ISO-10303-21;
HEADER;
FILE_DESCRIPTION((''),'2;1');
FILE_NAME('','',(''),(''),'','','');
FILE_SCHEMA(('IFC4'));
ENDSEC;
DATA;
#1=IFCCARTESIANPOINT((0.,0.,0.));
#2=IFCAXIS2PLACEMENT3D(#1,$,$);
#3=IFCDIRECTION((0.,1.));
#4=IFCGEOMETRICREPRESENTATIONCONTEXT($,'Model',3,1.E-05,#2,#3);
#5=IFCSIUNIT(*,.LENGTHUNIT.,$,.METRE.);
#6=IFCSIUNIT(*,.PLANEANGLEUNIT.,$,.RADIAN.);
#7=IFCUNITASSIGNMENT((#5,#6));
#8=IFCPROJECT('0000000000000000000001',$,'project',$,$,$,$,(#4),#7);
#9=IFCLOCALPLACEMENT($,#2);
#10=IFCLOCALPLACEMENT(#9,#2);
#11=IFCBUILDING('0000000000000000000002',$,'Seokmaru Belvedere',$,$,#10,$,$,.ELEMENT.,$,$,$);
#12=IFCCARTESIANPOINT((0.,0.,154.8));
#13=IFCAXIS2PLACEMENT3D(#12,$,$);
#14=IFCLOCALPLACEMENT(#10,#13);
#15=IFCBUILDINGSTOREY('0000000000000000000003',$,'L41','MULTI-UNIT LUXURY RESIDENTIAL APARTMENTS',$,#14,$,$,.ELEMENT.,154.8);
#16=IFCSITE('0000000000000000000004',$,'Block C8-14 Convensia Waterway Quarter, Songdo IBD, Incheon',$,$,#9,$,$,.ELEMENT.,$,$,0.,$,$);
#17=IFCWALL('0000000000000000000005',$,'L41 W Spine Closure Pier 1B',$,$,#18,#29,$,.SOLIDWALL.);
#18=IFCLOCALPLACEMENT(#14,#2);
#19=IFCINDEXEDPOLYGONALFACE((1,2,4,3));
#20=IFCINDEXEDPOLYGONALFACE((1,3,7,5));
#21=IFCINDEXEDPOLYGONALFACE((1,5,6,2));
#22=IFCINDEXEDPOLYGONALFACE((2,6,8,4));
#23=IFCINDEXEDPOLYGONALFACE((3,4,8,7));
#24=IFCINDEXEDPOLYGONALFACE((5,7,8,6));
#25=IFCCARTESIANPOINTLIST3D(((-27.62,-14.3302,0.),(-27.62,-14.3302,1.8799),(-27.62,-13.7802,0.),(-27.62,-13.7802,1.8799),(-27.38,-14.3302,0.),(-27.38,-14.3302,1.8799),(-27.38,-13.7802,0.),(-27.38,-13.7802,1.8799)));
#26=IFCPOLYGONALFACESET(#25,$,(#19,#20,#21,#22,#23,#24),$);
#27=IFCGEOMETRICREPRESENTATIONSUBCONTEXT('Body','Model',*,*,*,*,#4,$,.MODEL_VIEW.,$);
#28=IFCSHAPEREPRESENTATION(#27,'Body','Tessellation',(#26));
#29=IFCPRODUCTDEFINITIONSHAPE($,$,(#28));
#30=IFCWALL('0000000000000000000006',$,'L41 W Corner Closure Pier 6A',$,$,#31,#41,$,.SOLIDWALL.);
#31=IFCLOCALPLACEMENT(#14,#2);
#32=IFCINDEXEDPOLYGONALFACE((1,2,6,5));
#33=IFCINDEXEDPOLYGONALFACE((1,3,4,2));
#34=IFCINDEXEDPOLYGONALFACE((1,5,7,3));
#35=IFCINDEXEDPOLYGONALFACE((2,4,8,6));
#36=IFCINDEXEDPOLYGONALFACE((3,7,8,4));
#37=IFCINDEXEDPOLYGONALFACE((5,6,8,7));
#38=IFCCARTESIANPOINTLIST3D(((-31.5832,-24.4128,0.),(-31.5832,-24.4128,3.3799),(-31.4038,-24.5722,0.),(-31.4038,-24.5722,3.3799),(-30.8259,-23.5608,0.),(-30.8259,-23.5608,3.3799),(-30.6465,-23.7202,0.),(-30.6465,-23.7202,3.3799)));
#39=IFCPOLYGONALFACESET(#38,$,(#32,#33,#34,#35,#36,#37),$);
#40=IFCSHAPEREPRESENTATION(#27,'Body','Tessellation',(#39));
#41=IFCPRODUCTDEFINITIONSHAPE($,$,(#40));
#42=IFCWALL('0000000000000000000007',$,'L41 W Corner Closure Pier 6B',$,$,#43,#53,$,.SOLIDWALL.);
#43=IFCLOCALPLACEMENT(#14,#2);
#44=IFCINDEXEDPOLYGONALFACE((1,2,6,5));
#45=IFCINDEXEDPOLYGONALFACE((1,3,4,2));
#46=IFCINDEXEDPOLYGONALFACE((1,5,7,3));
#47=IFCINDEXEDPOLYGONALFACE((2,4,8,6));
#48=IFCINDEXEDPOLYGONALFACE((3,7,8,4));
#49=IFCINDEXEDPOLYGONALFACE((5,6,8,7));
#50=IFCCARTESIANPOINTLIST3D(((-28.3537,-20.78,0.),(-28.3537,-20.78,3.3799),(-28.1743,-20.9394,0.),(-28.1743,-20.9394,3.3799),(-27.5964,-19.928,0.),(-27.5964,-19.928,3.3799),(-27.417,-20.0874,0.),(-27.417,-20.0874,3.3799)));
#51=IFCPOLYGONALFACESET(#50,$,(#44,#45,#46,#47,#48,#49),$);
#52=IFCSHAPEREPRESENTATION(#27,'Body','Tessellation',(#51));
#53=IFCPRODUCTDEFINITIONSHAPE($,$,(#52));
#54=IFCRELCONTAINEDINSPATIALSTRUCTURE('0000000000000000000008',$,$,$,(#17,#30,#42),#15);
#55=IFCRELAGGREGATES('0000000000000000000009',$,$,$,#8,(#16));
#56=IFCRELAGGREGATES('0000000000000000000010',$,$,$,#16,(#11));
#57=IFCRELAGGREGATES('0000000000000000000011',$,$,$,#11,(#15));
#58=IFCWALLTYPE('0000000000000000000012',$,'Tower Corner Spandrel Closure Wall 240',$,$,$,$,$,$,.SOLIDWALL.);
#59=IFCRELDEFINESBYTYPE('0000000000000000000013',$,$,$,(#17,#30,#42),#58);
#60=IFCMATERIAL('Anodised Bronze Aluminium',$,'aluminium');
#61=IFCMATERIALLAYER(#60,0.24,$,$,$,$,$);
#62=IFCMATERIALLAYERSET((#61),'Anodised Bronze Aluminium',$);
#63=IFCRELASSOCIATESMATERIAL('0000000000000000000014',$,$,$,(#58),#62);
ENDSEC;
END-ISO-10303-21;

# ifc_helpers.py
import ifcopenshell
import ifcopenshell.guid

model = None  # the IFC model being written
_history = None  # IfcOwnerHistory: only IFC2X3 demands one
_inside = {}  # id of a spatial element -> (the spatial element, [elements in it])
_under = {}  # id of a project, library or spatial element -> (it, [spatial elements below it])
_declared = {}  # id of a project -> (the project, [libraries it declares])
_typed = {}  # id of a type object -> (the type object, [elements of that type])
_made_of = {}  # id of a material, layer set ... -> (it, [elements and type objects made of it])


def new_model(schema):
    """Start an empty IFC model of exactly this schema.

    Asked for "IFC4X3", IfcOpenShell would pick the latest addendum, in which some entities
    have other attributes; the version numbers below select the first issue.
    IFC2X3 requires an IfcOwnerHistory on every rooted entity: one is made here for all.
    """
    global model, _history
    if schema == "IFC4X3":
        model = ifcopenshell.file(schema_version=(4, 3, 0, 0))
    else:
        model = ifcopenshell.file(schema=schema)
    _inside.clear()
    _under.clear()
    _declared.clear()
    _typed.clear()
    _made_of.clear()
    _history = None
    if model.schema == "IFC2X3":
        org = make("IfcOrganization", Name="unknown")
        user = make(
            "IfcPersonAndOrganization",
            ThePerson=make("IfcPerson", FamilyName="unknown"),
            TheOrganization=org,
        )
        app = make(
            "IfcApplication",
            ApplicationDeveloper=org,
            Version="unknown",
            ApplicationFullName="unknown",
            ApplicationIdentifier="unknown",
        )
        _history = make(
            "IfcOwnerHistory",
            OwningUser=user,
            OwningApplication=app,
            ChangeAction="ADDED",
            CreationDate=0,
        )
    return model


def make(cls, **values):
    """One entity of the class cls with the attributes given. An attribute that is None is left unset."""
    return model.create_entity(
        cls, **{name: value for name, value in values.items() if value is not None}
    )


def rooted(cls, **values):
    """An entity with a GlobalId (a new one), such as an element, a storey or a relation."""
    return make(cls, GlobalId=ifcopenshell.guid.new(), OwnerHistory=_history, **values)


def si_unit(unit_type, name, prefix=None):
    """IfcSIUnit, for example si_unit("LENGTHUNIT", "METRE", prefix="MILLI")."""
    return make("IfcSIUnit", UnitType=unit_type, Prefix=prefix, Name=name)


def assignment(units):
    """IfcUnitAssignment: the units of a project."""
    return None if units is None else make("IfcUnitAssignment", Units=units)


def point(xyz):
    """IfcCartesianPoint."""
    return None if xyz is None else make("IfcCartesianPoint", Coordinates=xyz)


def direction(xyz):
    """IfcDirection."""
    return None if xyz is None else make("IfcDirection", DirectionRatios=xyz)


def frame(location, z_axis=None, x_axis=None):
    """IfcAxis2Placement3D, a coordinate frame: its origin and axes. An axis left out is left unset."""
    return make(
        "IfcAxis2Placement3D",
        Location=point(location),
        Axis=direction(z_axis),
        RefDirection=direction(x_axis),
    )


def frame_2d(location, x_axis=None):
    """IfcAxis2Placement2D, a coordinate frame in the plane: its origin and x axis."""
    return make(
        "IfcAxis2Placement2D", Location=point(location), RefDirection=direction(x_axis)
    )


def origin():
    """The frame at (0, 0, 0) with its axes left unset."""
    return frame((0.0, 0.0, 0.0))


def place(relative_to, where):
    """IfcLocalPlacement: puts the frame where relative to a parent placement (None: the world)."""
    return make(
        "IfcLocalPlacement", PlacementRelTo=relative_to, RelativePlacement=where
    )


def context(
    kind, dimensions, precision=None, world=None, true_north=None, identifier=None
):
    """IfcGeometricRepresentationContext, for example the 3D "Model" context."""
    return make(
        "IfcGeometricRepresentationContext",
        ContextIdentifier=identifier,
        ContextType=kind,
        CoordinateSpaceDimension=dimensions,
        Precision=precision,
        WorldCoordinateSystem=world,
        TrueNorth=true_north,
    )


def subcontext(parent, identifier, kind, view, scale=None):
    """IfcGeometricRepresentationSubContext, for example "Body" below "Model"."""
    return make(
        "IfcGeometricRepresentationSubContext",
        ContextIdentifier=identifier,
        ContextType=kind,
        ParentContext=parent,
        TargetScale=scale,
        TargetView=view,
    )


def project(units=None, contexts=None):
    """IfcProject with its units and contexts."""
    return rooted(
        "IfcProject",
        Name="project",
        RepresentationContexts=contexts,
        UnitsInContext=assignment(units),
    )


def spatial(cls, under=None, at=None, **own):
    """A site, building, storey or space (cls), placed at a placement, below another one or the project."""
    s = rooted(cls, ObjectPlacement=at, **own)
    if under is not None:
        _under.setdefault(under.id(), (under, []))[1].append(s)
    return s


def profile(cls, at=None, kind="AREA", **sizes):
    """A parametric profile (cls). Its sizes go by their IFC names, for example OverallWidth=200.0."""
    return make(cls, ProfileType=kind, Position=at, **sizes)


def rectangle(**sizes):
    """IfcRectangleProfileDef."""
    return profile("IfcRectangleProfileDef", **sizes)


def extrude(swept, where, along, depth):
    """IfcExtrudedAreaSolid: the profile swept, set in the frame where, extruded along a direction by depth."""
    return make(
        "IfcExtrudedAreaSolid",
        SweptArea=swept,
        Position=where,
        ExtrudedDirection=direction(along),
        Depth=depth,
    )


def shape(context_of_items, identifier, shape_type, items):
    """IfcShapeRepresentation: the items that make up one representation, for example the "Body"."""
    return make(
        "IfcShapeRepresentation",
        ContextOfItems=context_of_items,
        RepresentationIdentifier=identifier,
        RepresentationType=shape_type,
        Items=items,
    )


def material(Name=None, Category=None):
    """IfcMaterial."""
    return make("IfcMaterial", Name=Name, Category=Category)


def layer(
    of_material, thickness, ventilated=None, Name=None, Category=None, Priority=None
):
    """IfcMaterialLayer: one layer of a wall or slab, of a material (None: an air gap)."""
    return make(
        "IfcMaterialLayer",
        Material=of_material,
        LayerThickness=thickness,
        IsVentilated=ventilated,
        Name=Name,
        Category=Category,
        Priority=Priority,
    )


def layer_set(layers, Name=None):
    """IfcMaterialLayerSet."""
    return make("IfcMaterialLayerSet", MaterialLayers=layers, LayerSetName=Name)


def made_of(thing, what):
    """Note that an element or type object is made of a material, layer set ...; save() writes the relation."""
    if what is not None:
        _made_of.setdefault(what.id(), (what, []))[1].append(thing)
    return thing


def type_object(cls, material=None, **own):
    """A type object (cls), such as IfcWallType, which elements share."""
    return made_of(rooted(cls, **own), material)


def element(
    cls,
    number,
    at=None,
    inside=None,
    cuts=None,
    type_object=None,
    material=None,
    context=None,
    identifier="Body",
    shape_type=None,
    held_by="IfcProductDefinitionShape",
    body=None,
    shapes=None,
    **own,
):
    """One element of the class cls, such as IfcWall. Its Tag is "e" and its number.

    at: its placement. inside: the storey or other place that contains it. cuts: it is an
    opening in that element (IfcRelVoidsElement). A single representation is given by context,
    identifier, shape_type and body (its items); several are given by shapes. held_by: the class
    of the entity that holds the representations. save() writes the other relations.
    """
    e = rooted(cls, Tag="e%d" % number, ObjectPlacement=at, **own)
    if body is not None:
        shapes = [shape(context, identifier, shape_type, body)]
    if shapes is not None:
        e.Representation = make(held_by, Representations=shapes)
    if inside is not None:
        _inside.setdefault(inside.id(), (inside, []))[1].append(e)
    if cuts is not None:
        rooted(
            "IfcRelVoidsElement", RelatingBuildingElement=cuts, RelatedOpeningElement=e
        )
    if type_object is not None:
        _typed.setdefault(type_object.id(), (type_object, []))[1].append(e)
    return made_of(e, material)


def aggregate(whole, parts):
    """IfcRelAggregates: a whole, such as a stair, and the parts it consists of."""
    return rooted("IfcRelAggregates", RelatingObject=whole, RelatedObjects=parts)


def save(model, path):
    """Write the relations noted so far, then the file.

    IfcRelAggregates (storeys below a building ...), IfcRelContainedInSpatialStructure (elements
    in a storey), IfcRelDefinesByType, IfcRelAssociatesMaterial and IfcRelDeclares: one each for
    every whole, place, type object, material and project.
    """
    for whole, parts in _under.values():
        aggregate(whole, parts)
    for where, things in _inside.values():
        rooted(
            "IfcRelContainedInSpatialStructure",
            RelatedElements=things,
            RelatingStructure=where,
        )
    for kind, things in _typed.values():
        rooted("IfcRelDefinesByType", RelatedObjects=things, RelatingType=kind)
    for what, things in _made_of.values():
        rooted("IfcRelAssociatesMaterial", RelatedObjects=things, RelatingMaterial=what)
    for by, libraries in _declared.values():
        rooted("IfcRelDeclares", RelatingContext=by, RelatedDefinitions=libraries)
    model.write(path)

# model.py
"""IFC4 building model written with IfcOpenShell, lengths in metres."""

from ifc_helpers import new_model, si_unit, direction, frame, frame_2d, origin, place, context, subcontext, project, spatial, rectangle, extrude, material, layer, layer_set, type_object, element, save


model = new_model("IFC4")

# Units and contexts
model_context = context("Model", 3, precision=1e-05, world=origin(), true_north=direction((0.0, 1.0)))
body_context = subcontext(model_context, "Body", "Model", "MODEL_VIEW")
ifc_project = project(units=[si_unit("LENGTHUNIT", "METRE"), si_unit("PLANEANGLEUNIT", "RADIAN")], contexts=[model_context])

# Site, building, storey
site_placement = place(None, origin())
site = spatial("IfcSite", under=ifc_project, at=site_placement, Name="Block C8-14 Convensia Waterway Quarter, Songdo IBD, Incheon", CompositionType="ELEMENT", RefElevation=0.0)
building_placement = place(site_placement, origin())
building = spatial("IfcBuilding", under=site, at=building_placement, Name="Seokmaru Belvedere", CompositionType="ELEMENT")
storey_placement = place(building_placement, frame((0.0, 0.0, 154.8)))
storey = spatial("IfcBuildingStorey", under=building, at=storey_placement, Name="L41", Description="MULTI-UNIT LUXURY RESIDENTIAL APARTMENTS", CompositionType="ELEMENT", Elevation=154.8)

# Shared definitions
ifc_material_1 = material(Name="Anodised Bronze Aluminium", Category="aluminium")

# Walls
ifc_layer_1 = layer(ifc_material_1, 0.24)
ifc_layer_set_1 = layer_set([ifc_layer_1], Name="Anodised Bronze Aluminium")
wall_type_1 = type_object("IfcWallType", Name="Tower Corner Spandrel Closure Wall 240", PredefinedType="SOLIDWALL", material=ifc_layer_set_1)
wall_1_placement = place(storey_placement, frame((-27.5, -14.3301, 0.0), z_axis=(0.0, 0.0, 1.0), x_axis=(0.0, 1.0, 0.0)))
element("IfcWall", 1, at=wall_1_placement, inside=storey, type_object=wall_type_1, Name="L41 W Spine Closure Pier 1B", PredefinedType="SOLIDWALL", context=body_context, shape_type="SweptSolid", body=[
    extrude(rectangle(XDim=0.55, YDim=0.24, at=frame_2d((0.2749, 0.0))), origin(), (0.0, 0.0, 1.0), 1.8799),
])
for number, where, z_axis, x_axis, name in (
    (2, (-31.4934, -24.4924, 0.0), (0.0, 0.0, 1.0), (0.664337, 0.747433, 0.0), "L41 W Corner Closure Pier 6A"),
    (3, (-28.2639, -20.8596, 0.0), (0.0, 0.0, 1.0), (0.664337, 0.747433, 0.0), "L41 W Corner Closure Pier 6B"),
):
    element("IfcWall", number, at=place(storey_placement, frame(where, z_axis=z_axis, x_axis=x_axis)), inside=storey, type_object=wall_type_1, Name=name, PredefinedType="SOLIDWALL", context=body_context, shape_type="SweptSolid", body=[
        extrude(rectangle(XDim=1.1399, YDim=0.24, at=frame_2d((0.5698, 0.0))), origin(), (0.0, 0.0, 1.0), 3.3799),
    ])

save(model, "model.ifc")
